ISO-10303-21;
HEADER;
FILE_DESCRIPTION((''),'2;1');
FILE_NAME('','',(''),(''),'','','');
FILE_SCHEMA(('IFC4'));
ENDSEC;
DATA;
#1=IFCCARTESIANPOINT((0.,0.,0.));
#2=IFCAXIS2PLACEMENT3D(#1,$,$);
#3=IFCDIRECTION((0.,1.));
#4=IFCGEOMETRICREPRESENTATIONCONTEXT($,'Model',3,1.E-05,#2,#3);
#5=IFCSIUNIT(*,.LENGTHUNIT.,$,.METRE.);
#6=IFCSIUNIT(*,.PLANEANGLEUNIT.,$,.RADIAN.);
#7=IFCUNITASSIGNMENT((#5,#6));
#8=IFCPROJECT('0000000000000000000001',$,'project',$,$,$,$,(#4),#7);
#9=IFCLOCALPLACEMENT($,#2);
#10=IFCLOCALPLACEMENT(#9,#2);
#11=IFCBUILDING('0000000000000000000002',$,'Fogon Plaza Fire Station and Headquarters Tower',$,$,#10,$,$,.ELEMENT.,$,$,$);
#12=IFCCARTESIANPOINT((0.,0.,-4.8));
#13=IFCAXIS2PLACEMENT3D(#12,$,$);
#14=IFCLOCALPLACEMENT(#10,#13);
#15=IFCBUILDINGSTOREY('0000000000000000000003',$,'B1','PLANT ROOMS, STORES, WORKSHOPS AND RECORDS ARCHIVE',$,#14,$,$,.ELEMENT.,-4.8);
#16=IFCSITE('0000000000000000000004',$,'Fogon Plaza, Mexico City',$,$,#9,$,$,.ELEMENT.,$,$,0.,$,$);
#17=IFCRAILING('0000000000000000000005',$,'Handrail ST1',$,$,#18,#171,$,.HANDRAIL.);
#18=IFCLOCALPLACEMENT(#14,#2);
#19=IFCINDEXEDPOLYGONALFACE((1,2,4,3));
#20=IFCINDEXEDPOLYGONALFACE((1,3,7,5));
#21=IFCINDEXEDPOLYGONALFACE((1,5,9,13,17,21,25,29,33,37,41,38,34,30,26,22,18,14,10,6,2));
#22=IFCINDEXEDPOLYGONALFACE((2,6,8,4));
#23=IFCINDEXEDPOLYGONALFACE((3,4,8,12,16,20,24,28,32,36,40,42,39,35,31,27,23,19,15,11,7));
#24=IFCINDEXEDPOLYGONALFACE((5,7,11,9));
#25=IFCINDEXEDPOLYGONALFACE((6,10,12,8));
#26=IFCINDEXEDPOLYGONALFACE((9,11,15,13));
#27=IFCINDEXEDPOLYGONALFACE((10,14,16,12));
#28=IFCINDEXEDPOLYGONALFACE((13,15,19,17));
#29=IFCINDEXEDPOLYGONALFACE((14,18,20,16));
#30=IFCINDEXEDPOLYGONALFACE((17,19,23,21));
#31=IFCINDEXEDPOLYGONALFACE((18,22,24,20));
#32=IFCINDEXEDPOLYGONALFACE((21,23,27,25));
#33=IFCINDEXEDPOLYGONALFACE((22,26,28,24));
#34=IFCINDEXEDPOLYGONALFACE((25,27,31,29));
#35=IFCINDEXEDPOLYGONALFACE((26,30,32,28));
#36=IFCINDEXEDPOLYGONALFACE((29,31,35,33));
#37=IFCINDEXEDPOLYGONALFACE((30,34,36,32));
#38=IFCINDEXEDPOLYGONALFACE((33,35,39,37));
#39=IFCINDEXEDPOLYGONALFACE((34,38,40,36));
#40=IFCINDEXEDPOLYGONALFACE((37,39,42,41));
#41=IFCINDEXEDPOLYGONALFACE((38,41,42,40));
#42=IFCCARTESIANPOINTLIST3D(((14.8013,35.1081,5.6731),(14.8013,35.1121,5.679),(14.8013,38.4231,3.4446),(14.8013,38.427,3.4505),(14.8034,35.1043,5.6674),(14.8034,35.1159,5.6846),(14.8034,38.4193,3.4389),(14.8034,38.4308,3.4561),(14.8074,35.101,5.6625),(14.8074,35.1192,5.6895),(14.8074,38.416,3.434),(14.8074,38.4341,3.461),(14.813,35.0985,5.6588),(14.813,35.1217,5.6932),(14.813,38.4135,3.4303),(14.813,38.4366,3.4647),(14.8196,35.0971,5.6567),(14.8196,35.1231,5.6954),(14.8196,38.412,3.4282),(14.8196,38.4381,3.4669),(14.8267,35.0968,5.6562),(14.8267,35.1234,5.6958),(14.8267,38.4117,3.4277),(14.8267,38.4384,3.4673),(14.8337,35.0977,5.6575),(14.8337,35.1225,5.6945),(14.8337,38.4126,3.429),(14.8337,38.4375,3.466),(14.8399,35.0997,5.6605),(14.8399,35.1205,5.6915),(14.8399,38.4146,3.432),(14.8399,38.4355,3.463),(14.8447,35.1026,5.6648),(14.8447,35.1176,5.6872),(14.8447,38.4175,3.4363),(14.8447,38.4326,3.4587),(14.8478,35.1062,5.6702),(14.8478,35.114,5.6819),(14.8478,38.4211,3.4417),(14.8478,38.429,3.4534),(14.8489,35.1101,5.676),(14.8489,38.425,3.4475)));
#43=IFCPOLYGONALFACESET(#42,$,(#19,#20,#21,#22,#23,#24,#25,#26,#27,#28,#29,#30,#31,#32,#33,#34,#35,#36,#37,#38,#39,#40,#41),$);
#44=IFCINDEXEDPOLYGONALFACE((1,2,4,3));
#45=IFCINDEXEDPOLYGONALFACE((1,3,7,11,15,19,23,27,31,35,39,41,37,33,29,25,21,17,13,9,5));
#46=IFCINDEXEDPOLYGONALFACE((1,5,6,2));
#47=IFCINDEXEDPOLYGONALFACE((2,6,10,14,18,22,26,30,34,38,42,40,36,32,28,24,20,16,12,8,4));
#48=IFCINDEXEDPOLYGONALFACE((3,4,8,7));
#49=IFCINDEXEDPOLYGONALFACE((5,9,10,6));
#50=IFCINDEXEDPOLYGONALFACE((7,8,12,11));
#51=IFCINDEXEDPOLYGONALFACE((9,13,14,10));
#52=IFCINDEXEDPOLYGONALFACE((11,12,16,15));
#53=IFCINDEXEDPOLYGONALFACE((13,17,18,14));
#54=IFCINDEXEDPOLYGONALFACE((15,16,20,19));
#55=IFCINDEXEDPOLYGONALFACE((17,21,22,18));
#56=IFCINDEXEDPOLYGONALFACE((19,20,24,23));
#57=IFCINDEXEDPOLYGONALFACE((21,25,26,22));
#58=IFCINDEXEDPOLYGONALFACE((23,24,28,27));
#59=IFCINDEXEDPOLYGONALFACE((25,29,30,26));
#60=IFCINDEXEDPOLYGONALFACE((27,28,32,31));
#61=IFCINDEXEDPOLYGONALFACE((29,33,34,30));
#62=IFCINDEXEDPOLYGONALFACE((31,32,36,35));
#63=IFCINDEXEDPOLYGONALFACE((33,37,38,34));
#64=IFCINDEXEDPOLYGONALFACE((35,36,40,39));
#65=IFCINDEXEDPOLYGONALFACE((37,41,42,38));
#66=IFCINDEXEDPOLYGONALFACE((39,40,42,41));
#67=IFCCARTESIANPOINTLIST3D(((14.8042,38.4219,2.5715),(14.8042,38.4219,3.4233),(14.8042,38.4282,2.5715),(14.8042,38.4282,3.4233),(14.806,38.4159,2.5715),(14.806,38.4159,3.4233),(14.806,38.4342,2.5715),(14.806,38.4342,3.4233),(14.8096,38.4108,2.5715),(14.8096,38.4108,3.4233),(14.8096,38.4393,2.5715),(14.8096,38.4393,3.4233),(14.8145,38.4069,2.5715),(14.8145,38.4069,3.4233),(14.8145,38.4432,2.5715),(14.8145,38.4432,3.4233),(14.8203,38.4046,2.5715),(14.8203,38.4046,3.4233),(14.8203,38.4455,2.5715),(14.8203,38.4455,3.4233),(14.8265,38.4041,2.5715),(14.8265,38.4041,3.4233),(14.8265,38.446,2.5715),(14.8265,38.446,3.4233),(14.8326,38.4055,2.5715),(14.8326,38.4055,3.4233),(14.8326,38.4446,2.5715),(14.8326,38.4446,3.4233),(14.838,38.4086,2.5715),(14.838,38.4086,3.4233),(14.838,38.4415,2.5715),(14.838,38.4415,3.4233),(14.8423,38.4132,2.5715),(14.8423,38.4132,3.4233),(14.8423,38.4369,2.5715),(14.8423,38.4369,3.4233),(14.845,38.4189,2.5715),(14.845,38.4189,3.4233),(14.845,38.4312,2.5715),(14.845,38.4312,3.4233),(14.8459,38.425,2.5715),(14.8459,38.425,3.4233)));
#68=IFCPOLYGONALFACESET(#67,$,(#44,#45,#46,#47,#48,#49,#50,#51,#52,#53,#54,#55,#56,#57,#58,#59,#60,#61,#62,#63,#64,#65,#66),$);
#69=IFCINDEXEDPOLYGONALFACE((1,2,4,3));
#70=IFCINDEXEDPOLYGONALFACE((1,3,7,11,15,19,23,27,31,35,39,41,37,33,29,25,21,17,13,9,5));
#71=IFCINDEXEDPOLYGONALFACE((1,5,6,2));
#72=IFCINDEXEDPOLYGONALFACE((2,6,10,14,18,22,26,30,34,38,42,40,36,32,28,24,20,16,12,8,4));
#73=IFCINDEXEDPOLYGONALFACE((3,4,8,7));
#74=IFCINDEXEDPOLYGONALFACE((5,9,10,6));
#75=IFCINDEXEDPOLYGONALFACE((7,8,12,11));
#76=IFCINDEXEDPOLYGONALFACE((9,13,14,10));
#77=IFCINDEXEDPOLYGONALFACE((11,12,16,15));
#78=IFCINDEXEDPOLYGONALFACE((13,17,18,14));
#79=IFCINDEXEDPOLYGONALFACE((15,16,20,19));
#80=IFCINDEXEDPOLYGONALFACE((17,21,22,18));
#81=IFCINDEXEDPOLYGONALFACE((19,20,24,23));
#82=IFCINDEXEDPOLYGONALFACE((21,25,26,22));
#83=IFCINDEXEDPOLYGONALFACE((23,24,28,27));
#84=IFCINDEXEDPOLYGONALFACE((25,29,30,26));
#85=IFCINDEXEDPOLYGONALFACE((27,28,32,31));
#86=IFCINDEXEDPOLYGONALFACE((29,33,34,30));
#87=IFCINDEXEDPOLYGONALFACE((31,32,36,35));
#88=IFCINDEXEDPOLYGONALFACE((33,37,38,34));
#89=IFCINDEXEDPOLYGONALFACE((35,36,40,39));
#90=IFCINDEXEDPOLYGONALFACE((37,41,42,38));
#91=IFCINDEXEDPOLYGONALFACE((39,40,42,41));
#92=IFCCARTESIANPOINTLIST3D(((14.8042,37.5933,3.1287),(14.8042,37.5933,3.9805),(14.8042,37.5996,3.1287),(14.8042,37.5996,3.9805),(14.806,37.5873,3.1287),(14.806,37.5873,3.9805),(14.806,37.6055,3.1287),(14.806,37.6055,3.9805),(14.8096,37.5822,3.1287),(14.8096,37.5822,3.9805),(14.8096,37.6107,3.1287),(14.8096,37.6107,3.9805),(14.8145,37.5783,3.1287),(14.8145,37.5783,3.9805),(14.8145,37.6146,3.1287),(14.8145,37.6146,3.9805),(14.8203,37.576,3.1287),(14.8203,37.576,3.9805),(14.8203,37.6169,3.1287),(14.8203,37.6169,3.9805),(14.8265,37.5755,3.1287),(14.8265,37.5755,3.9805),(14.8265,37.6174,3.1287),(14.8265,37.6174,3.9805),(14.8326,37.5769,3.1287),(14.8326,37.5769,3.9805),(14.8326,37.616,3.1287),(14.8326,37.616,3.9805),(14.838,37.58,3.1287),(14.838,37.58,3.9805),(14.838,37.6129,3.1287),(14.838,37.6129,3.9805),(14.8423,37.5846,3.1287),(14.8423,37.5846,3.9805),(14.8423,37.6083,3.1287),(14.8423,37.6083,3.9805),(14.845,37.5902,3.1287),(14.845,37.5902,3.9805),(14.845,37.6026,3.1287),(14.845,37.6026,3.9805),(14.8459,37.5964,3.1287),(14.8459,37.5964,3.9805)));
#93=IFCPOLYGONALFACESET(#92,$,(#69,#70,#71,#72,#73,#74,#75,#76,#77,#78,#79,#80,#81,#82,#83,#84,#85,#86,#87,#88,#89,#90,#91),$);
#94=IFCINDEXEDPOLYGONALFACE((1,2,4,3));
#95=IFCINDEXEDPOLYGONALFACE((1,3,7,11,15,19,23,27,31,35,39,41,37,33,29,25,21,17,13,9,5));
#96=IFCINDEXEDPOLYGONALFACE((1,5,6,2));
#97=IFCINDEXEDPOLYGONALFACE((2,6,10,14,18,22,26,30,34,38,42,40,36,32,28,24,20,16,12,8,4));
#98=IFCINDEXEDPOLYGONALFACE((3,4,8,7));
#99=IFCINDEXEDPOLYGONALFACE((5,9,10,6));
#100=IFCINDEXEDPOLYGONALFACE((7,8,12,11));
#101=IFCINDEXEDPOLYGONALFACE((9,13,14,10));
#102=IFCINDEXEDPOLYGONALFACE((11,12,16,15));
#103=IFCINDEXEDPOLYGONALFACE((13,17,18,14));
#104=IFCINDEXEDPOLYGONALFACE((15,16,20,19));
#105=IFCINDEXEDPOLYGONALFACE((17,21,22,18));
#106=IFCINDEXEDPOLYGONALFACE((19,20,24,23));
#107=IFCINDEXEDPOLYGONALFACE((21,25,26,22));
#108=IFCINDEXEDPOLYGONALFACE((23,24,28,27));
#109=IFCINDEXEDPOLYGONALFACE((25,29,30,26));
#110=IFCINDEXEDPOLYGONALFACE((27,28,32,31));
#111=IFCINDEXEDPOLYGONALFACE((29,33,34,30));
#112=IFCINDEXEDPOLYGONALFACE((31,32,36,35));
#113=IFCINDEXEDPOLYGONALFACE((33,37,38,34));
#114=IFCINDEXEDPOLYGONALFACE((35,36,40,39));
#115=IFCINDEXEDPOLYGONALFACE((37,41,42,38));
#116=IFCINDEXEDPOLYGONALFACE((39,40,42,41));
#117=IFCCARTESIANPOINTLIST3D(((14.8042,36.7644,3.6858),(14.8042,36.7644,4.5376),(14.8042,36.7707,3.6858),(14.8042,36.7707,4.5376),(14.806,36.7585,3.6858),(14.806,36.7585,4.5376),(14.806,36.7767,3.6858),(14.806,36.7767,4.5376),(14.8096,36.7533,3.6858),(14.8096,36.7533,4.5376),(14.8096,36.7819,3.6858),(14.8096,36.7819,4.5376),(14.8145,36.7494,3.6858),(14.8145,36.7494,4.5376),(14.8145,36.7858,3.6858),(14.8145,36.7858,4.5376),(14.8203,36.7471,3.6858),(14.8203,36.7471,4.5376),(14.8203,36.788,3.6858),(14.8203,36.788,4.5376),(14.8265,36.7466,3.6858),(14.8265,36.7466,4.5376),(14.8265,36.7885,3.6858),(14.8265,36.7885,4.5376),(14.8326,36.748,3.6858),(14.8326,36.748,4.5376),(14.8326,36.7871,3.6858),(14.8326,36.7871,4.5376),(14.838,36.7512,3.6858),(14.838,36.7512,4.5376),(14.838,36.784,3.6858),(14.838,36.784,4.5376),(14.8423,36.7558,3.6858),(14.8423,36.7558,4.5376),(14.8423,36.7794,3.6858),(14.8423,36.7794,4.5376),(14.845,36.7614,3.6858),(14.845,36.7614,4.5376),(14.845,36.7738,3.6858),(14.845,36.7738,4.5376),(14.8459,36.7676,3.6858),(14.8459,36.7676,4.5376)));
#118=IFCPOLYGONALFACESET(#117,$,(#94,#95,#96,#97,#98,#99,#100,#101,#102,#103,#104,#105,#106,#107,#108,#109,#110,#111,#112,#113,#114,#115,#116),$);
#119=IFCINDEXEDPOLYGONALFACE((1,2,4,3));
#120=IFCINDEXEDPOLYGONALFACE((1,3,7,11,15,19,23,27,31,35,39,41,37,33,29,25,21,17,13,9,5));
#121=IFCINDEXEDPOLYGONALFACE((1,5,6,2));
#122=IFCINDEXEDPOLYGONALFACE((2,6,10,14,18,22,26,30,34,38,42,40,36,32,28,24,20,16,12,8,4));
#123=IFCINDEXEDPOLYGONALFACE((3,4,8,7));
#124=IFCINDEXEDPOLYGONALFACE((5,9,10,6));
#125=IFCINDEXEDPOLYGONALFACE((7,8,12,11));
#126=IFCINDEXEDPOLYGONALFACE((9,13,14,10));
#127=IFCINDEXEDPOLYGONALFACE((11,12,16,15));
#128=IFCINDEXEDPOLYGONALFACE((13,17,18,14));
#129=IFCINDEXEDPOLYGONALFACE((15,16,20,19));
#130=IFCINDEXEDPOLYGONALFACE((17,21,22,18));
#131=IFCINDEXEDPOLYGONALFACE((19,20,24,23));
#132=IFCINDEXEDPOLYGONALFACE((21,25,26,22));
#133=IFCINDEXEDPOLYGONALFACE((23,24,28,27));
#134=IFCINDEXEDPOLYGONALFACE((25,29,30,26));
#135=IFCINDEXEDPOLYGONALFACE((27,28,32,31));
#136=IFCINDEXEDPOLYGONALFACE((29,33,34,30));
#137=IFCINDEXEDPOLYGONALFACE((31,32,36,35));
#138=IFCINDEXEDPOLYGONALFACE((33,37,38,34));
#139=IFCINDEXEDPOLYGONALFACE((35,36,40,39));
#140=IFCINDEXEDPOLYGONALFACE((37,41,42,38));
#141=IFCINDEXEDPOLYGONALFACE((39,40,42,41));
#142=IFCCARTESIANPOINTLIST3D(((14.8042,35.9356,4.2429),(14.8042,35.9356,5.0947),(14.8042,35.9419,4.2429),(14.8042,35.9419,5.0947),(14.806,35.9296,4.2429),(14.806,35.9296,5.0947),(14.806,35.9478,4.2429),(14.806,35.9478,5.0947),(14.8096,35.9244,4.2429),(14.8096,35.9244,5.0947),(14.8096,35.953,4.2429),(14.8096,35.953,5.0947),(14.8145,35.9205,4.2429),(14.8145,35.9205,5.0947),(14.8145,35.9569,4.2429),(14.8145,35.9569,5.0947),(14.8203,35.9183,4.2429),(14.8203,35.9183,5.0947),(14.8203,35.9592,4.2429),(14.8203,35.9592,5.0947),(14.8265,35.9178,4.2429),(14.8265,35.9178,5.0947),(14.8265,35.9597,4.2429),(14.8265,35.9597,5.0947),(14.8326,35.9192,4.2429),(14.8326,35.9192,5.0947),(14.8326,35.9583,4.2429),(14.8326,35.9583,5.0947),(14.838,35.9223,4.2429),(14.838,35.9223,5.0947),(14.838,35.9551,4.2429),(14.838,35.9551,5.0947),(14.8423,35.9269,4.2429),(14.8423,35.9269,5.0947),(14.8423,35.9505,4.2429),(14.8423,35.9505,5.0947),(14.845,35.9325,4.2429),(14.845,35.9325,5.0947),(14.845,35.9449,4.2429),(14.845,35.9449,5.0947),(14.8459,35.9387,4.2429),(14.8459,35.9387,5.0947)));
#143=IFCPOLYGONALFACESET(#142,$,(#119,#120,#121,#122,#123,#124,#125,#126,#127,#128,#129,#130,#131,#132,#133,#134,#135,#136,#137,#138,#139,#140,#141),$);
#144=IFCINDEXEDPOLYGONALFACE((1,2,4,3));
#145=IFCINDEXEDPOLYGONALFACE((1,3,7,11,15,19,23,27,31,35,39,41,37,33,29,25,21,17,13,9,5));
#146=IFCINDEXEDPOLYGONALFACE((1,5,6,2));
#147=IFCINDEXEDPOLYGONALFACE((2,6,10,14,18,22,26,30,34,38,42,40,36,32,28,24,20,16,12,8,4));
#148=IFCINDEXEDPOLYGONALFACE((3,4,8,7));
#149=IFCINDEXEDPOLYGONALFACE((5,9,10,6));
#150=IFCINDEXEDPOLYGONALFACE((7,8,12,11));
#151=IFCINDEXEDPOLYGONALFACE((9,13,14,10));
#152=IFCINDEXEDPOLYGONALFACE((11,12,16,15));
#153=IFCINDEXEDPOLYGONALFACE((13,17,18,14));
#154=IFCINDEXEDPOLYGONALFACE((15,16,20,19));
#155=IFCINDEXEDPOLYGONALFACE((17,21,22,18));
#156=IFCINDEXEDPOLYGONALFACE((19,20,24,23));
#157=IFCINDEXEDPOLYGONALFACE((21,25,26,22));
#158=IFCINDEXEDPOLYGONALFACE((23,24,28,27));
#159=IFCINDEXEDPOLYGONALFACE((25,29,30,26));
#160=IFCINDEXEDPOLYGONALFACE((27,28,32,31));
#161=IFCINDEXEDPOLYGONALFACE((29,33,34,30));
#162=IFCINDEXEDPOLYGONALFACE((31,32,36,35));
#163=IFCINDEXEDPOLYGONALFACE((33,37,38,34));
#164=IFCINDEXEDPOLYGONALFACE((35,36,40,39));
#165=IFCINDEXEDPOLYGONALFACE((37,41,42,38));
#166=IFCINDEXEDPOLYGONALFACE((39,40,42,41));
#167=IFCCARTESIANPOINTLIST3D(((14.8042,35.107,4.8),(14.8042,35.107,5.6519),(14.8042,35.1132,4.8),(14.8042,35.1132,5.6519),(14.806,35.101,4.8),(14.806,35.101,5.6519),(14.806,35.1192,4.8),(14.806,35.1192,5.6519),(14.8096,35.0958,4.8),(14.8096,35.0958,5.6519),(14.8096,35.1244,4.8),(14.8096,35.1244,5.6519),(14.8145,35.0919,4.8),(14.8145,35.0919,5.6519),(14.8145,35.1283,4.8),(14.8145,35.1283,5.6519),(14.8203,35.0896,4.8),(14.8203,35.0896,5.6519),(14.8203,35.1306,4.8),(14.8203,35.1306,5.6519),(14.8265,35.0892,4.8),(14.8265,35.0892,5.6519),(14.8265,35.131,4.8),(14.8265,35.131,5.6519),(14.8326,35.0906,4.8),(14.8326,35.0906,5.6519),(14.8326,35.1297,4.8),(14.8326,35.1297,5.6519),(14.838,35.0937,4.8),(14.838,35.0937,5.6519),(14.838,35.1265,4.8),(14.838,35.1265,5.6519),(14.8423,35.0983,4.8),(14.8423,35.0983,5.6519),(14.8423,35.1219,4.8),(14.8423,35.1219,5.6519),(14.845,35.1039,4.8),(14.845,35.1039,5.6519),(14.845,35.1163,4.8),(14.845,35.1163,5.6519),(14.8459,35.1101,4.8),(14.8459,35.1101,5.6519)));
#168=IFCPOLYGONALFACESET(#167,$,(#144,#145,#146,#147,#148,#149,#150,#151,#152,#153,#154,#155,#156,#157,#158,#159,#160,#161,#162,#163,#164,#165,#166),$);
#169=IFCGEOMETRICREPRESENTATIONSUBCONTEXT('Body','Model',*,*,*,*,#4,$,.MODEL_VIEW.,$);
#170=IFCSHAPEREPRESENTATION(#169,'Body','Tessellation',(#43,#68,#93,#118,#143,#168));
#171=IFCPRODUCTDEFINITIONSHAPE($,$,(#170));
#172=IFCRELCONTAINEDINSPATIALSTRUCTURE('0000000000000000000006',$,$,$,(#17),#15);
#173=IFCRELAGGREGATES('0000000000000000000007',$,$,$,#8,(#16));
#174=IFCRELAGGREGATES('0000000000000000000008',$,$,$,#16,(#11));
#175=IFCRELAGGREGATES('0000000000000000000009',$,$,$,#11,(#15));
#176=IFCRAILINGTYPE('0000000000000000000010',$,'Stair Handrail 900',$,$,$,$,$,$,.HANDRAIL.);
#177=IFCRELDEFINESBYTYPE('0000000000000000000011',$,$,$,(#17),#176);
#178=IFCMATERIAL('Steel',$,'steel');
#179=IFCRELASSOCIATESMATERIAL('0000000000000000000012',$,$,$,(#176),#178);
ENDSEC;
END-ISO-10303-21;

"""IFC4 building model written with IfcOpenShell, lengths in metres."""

from ifc_helpers import new_model, si_unit, direction, frame, origin, origin_2d, place, context, subcontext, project, spatial, circle, extrude, material, type_object, element, save


model = new_model("IFC4")

# Units and contexts
model_context = context("Model", 3, precision=1e-05, world=origin(), true_north=direction((0.0, 1.0)))
body_context = subcontext(model_context, "Body", "Model", "MODEL_VIEW")
ifc_project = project(units=[si_unit("LENGTHUNIT", "METRE"), si_unit("PLANEANGLEUNIT", "RADIAN")], contexts=[model_context])

# Site, building, storey
site_placement = place(None, origin())
site = spatial("IfcSite", under=ifc_project, at=site_placement, Name="Fogon Plaza, Mexico City", CompositionType="ELEMENT", RefElevation=0.0)
building_placement = place(site_placement, origin())
building = spatial("IfcBuilding", under=site, at=building_placement, Name="Fogon Plaza Fire Station and Headquarters Tower", CompositionType="ELEMENT")
storey_placement = place(building_placement, frame((0.0, 0.0, -4.8)))
storey = spatial("IfcBuildingStorey", under=building, at=storey_placement, Name="B1", Description="PLANT ROOMS, STORES, WORKSHOPS AND RECORDS ARCHIVE", CompositionType="ELEMENT", Elevation=-4.8)

# Railing
ifc_material_1 = material(Name="Steel", Category="steel")
railing_type = type_object("IfcRailingType", Name="Stair Handrail 900", PredefinedType="HANDRAIL", material=ifc_material_1)
railing_1_placement = place(storey_placement, frame((14.825, 38.425, 2.5715)))
element("IfcRailing", 1, at=railing_1_placement, inside=storey, type_object=railing_type, Name="Handrail ST1", PredefinedType="HANDRAIL", context=body_context, shape_type="SweptSolid", body=[
    extrude(circle(Radius=0.0239, at=origin_2d()), frame((0.0, 0.0, 0.876), z_axis=(0.0, -0.8299, 0.557912), x_axis=(1.0, 0.0, 0.0)), (0.0, 0.0, 1.0), 3.9944),
    extrude(circle(Radius=0.021, at=origin_2d()), origin(), (0.0, 0.0, 1.0), 0.8518),
    extrude(circle(Radius=0.021, at=origin_2d()), frame((0.0, -0.8286, 0.5571)), (0.0, 0.0, 1.0), 0.8518),
    extrude(circle(Radius=0.021, at=origin_2d()), frame((0.0, -1.6575, 1.1143)), (0.0, 0.0, 1.0), 0.8518),
    extrude(circle(Radius=0.021, at=origin_2d()), frame((0.0, -2.4863, 1.6714)), (0.0, 0.0, 1.0), 0.8518),
    extrude(circle(Radius=0.021, at=origin_2d()), frame((0.0, -3.3149, 2.2285)), (0.0, 0.0, 1.0), 0.8518),
])

save(model, "model.ifc")
